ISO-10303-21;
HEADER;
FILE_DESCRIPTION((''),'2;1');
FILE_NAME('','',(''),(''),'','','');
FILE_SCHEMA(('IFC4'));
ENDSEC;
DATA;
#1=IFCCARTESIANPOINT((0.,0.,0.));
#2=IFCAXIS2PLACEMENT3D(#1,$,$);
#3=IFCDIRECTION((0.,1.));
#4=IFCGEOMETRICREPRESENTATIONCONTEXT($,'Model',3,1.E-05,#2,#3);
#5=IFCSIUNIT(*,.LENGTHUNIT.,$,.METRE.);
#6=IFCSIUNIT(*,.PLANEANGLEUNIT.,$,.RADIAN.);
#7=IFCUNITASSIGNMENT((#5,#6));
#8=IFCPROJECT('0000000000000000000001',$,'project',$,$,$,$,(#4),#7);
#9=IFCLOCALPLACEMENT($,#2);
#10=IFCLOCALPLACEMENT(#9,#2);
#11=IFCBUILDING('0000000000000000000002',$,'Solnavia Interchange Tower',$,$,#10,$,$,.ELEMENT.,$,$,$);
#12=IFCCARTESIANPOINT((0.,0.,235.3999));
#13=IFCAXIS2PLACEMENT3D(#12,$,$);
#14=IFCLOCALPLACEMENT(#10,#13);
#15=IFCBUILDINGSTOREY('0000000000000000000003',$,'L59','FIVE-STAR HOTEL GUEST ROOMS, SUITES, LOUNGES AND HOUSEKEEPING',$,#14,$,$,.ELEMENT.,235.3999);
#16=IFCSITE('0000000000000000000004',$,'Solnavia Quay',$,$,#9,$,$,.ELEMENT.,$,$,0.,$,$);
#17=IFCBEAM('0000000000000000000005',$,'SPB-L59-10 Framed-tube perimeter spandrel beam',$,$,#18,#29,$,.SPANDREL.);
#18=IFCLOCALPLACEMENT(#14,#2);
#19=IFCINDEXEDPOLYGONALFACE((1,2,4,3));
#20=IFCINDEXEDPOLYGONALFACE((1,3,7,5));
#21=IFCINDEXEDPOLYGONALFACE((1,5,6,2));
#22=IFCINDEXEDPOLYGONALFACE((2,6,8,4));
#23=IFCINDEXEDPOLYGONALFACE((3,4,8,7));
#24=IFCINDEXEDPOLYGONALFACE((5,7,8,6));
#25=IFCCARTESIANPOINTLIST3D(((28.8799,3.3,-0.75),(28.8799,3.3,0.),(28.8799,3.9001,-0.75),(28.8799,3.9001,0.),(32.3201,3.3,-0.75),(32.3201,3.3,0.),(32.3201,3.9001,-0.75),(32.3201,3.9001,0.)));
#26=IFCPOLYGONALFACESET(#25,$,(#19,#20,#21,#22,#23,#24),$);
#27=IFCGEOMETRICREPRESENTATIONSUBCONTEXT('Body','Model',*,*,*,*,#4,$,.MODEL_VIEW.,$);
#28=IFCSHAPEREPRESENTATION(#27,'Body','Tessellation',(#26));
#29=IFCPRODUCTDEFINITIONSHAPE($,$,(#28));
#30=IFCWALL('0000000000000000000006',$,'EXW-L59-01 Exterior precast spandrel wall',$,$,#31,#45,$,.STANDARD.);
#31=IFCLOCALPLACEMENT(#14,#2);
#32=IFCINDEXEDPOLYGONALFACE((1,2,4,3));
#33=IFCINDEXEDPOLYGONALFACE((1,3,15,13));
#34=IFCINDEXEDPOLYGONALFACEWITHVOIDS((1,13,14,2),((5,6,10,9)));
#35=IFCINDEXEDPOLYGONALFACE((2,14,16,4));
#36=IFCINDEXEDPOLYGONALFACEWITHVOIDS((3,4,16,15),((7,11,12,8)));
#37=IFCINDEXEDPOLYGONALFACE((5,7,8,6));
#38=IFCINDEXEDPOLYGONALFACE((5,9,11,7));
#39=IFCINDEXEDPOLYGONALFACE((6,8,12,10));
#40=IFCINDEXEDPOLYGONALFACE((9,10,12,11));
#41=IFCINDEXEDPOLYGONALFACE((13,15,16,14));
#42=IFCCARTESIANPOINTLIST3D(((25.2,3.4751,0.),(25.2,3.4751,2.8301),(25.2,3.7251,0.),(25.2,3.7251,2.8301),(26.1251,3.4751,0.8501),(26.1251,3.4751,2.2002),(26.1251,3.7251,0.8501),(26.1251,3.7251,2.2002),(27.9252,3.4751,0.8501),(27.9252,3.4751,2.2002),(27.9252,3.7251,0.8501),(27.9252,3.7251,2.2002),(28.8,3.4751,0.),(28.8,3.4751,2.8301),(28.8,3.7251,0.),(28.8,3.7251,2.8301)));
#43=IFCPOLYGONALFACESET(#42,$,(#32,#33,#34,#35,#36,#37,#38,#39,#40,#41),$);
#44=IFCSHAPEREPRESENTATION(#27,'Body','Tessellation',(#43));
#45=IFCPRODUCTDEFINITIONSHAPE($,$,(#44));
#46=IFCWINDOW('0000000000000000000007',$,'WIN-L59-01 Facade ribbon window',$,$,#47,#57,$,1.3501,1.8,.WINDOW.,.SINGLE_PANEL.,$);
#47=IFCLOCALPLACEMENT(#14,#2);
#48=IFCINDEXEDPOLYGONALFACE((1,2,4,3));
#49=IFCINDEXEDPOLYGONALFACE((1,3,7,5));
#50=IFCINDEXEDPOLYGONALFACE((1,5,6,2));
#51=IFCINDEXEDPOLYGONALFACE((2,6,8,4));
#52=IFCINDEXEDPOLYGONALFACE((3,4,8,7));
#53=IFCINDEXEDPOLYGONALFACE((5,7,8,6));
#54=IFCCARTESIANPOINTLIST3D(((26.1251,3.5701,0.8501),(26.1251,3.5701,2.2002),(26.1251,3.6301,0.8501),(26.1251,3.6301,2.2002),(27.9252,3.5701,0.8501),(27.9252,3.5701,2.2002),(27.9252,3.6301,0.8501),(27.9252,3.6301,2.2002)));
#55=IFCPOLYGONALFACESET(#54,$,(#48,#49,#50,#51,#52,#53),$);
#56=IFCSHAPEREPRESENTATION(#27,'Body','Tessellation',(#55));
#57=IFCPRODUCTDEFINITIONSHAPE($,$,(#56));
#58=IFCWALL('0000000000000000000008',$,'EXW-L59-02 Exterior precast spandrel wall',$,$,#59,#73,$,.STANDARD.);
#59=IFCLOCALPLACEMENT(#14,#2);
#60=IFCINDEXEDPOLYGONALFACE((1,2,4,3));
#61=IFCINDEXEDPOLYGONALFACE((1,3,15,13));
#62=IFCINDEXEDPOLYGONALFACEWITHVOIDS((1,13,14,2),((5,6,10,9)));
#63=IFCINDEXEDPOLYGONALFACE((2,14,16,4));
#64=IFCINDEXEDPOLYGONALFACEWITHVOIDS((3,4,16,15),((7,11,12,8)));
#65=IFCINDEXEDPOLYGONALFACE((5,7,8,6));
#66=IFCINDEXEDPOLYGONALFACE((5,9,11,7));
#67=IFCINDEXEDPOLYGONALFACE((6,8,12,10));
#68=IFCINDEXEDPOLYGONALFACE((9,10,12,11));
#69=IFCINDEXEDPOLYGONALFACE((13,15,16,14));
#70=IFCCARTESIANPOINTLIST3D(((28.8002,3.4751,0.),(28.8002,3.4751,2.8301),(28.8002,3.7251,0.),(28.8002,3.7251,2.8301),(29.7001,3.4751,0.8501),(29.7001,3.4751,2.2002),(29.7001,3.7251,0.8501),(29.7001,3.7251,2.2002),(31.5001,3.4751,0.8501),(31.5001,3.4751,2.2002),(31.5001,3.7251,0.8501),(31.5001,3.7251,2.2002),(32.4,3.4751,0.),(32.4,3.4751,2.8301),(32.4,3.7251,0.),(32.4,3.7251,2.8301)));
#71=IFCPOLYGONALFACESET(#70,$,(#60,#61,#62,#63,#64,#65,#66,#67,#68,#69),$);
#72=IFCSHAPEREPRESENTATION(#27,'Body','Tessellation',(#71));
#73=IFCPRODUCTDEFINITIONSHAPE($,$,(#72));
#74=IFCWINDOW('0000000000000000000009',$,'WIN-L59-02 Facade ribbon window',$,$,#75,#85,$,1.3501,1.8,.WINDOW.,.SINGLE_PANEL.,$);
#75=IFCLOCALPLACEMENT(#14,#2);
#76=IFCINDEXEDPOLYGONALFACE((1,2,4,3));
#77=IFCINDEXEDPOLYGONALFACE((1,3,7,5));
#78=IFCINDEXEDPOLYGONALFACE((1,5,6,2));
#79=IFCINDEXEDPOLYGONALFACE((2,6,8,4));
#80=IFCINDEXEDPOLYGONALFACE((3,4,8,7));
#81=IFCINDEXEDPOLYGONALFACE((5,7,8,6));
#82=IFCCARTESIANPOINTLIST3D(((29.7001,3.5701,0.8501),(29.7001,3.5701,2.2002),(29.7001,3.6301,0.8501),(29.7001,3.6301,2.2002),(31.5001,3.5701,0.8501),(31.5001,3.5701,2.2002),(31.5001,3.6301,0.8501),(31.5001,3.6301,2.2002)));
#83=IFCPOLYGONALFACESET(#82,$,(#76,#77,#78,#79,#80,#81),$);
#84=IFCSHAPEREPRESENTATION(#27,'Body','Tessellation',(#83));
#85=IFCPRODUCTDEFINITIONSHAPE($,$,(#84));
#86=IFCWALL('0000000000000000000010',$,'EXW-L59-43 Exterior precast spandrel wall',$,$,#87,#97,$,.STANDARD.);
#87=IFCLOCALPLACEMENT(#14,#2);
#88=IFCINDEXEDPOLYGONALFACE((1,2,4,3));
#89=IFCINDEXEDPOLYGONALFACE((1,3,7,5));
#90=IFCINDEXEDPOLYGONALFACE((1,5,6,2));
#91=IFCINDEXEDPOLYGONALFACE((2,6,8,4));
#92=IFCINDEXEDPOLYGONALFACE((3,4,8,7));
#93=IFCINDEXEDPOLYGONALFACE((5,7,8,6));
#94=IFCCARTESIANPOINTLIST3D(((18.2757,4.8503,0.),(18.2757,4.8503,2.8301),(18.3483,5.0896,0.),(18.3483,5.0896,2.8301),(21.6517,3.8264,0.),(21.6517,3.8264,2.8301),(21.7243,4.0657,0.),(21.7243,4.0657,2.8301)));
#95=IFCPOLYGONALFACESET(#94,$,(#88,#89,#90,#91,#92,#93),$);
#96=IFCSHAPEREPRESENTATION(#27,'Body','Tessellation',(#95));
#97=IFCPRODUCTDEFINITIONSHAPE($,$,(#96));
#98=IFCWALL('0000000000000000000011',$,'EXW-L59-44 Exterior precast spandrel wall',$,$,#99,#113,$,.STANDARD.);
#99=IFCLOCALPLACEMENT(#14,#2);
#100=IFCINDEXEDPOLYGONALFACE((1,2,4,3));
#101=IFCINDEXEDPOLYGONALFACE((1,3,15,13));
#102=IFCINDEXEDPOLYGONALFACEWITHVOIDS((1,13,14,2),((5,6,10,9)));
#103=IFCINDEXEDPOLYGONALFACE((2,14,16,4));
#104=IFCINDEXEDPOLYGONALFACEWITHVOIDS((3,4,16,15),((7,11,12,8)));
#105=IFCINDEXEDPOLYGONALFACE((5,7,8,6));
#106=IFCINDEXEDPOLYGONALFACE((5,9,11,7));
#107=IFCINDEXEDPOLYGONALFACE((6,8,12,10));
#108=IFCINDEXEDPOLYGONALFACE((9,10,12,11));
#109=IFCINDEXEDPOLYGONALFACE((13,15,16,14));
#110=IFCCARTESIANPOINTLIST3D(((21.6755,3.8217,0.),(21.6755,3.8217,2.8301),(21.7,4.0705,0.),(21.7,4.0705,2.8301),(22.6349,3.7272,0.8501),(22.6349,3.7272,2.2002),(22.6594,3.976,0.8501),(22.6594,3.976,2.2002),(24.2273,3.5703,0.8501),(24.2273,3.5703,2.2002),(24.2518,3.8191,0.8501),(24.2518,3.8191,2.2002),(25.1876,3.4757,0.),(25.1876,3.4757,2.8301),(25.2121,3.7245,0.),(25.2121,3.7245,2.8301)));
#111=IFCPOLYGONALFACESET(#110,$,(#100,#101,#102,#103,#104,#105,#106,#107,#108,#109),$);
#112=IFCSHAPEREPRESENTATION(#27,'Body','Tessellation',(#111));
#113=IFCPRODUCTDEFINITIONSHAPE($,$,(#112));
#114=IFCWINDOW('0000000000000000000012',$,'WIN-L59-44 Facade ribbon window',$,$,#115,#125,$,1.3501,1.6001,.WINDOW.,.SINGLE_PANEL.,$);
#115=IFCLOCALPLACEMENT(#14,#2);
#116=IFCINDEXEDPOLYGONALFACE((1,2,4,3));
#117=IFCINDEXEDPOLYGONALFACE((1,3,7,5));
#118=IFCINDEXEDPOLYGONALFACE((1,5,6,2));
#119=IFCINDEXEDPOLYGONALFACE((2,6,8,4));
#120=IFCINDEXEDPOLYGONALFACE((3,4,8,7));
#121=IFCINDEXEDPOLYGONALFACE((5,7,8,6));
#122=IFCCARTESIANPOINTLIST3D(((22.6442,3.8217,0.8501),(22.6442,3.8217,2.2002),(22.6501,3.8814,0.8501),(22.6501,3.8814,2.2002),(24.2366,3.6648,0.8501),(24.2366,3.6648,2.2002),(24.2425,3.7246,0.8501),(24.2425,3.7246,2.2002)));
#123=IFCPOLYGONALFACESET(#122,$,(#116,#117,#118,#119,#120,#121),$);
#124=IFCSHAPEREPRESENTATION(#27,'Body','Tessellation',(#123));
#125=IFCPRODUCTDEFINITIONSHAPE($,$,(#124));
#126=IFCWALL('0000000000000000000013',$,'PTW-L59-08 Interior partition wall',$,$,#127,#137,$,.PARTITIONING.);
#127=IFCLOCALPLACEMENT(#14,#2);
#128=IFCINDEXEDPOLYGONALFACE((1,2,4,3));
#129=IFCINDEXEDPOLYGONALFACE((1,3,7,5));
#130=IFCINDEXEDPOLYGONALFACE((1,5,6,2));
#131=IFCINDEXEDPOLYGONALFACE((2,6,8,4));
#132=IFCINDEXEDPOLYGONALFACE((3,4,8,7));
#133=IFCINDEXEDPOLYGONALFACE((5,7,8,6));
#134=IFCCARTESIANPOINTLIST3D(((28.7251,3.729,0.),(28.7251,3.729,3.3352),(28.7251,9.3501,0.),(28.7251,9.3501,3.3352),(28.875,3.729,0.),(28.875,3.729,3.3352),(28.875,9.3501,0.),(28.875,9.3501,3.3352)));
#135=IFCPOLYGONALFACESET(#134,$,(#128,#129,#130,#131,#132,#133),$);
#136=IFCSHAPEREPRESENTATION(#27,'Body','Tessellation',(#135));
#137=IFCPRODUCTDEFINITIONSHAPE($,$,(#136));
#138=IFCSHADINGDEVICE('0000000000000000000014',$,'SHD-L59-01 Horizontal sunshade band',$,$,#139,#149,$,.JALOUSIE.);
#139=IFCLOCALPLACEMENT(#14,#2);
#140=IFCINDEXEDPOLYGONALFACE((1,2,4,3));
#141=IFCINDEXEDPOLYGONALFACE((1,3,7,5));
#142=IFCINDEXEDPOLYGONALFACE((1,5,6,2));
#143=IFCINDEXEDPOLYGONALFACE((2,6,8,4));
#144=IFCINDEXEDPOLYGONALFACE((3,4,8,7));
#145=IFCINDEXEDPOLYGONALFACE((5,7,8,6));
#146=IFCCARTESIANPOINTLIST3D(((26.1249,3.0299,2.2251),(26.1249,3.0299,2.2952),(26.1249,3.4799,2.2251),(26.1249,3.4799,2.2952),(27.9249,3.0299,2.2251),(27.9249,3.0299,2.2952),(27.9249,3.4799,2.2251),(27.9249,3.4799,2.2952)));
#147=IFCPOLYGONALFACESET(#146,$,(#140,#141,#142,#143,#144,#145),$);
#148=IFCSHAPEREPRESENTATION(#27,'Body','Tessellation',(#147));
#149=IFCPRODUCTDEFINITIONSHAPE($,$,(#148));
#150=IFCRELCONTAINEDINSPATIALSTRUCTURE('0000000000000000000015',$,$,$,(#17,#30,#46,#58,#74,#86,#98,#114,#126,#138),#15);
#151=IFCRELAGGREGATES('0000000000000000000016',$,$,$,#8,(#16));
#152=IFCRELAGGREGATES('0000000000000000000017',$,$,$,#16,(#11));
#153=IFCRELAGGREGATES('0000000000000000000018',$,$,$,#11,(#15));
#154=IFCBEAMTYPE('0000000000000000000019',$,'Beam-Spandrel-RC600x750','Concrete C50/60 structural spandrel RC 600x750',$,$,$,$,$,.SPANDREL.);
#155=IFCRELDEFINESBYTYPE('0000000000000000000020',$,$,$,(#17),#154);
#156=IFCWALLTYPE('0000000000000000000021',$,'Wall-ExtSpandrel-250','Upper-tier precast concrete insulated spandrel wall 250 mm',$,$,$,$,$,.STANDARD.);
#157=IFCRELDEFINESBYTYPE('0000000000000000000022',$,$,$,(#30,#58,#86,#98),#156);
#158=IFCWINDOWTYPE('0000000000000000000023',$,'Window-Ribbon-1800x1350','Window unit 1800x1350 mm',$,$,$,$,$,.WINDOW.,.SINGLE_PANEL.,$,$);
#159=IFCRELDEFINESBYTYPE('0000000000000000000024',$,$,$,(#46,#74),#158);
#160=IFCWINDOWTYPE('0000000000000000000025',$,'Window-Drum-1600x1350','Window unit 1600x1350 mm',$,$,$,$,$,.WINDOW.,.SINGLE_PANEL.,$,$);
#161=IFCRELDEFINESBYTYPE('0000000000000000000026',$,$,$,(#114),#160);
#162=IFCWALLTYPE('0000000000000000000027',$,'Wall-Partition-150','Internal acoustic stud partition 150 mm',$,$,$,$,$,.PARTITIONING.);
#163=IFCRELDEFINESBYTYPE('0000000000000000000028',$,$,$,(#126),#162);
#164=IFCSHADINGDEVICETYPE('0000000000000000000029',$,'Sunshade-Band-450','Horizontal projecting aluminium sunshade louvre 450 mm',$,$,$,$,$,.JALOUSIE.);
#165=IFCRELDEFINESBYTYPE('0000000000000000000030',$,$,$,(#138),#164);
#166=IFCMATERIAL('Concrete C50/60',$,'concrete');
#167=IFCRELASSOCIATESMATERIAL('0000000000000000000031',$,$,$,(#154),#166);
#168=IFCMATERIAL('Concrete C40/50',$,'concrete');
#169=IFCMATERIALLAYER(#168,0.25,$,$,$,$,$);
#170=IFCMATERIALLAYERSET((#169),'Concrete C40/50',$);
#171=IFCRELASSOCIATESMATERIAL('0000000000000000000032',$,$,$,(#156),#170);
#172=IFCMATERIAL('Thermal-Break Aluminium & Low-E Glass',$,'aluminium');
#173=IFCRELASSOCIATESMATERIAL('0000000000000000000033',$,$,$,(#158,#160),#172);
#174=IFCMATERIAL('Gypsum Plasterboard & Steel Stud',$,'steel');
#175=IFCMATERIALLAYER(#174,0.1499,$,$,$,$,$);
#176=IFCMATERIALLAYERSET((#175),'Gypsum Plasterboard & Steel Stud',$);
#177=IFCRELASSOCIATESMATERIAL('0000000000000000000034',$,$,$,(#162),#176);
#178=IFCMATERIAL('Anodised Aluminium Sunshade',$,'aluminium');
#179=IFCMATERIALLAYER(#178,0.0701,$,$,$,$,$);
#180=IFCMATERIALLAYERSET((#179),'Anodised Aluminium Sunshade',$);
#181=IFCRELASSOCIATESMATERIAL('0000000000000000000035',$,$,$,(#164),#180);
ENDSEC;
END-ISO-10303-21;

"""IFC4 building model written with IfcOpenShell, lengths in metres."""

from ifc_helpers import new_model, si_unit, direction, frame, frame_2d, origin, origin_2d, place, context, subcontext, project, spatial, rectangle, extrude, material, layer, layer_set, material_profile, profile_set, type_object, element, fill, save


model = new_model("IFC4")

# Units and contexts
model_context = context("Model", 3, precision=1e-05, world=origin(), true_north=direction((0.0, 1.0)))
body_context = subcontext(model_context, "Body", "Model", "MODEL_VIEW")
ifc_project = project(units=[si_unit("LENGTHUNIT", "METRE"), si_unit("PLANEANGLEUNIT", "RADIAN")], contexts=[model_context])

# Site, building, storey
site_placement = place(None, origin())
site = spatial("IfcSite", under=ifc_project, at=site_placement, Name="Solnavia Quay", CompositionType="ELEMENT", RefElevation=0.0)
building_placement = place(site_placement, origin())
building = spatial("IfcBuilding", under=site, at=building_placement, Name="Solnavia Interchange Tower", CompositionType="ELEMENT")
storey_placement = place(building_placement, frame((0.0, 0.0, 235.3999)))
storey = spatial("IfcBuildingStorey", under=building, at=storey_placement, Name="L59", Description="FIVE-STAR HOTEL GUEST ROOMS, SUITES, LOUNGES AND HOUSEKEEPING", CompositionType="ELEMENT", Elevation=235.3999)

# Shared definitions
ifc_material_1 = material(Name="Concrete C50/60", Category="concrete")

# Beam
ifc_material_profile_1 = material_profile(ifc_material_1, rectangle(XDim=0.6001, YDim=0.75, at=origin_2d()), Name="RC 600x750")
ifc_profile_set_1 = profile_set([ifc_material_profile_1], Name="Concrete C50/60")
beam_type_1 = type_object("IfcBeamType", Name="Beam-Spandrel-RC600x750", Description="Concrete C50/60 structural spandrel RC 600x750", PredefinedType="SPANDREL", material=ifc_profile_set_1)
beam_1_placement = place(storey_placement, frame((28.8799, 3.6001, -0.375), z_axis=(1.0, 0.0, 0.0), x_axis=(0.0, 1.0, 0.0)))
element("IfcBeam", 1, at=beam_1_placement, inside=storey, type_object=beam_type_1, Name="SPB-L59-10 Framed-tube perimeter spandrel beam", PredefinedType="SPANDREL", context=body_context, shape_type="SweptSolid", body=[
    extrude(rectangle(XDim=0.6001, YDim=0.75, at=origin_2d()), origin(), (0.0, 0.0, 1.0), 3.4402),
])

# Walls, openings, windows
ifc_material_2 = material(Name="Concrete C40/50", Category="concrete")
ifc_layer_1 = layer(ifc_material_2, 0.25)
ifc_layer_set_1 = layer_set([ifc_layer_1], Name="Concrete C40/50")
wall_type_1 = type_object("IfcWallType", Name="Wall-ExtSpandrel-250", Description="Upper-tier precast concrete insulated spandrel wall 250 mm", PredefinedType="STANDARD", material=ifc_layer_set_1)
wall_1_placement = place(storey_placement, frame((28.8, 3.6001, 0.0), z_axis=(0.0, 0.0, 1.0), x_axis=(-1.0, 0.0, 0.0)))
wall_1 = element("IfcWall", 2, at=wall_1_placement, inside=storey, type_object=wall_type_1, Name="EXW-L59-01 Exterior precast spandrel wall", PredefinedType="STANDARD", context=body_context, shape_type="SweptSolid", body=[
    extrude(rectangle(XDim=3.6001, YDim=0.25, at=frame_2d((1.8, 0.0))), origin(), (0.0, 0.0, 1.0), 2.8301),
])
opening_1_placement = place(wall_1_placement, frame((0.875, 0.0, 0.8501)))
opening_1 = element("IfcOpeningElement", 3, at=opening_1_placement, cuts=wall_1, PredefinedType="OPENING", context=body_context, shape_type="SweptSolid", body=[
    extrude(rectangle(XDim=1.8, YDim=1.3501, at=frame_2d((0.8999, 0.675))), frame((0.0, 0.135, 0.0), z_axis=(0.0, -1.0, 0.0), x_axis=(1.0, 0.0, 0.0)), (0.0, 0.0, 1.0), 0.27),
])
ifc_material_3 = material(Name="Thermal-Break Aluminium & Low-E Glass", Category="aluminium")
window_type_1 = type_object("IfcWindowType", Name="Window-Ribbon-1800x1350", Description="Window unit 1800x1350 mm", PartitioningType="SINGLE_PANEL", PredefinedType="WINDOW", material=ifc_material_3)
window_1_placement = place(opening_1_placement, origin())
window_1 = element("IfcWindow", 4, at=window_1_placement, inside=storey, type_object=window_type_1, Name="WIN-L59-01 Facade ribbon window", OverallHeight=1.3501, OverallWidth=1.8, PartitioningType="SINGLE_PANEL", PredefinedType="WINDOW", context=body_context, shape_type="SweptSolid", body=[
    extrude(rectangle(XDim=1.8, YDim=1.3501, at=frame_2d((0.8999, 0.675))), frame((0.0, 0.03, 0.0), z_axis=(0.0, -1.0, 0.0), x_axis=(1.0, 0.0, 0.0)), (0.0, 0.0, 1.0), 0.0601),
])
fill(opening_1, window_1)
wall_2_placement = place(storey_placement, frame((32.3999, 3.6001, 0.0), z_axis=(0.0, 0.0, 1.0), x_axis=(-1.0, 0.0, 0.0)))
wall_2 = element("IfcWall", 5, at=wall_2_placement, inside=storey, type_object=wall_type_1, Name="EXW-L59-02 Exterior precast spandrel wall", PredefinedType="STANDARD", context=body_context, shape_type="SweptSolid", body=[
    extrude(rectangle(XDim=3.5999, YDim=0.25, at=frame_2d((1.7998, 0.0))), origin(), (0.0, 0.0, 1.0), 2.8301),
])
opening_2_placement = place(wall_2_placement, frame((0.8999, 0.0, 0.8501)))
opening_2 = element("IfcOpeningElement", 6, at=opening_2_placement, cuts=wall_2, PredefinedType="OPENING", context=body_context, shape_type="SweptSolid", body=[
    extrude(rectangle(XDim=1.8, YDim=1.3501, at=frame_2d((0.8999, 0.675))), frame((0.0, 0.135, 0.0), z_axis=(0.0, -1.0, 0.0), x_axis=(1.0, 0.0, 0.0)), (0.0, 0.0, 1.0), 0.27),
])
window_2_placement = place(opening_2_placement, origin())
window_2 = element("IfcWindow", 7, at=window_2_placement, inside=storey, type_object=window_type_1, Name="WIN-L59-02 Facade ribbon window", OverallHeight=1.3501, OverallWidth=1.8, PartitioningType="SINGLE_PANEL", PredefinedType="WINDOW", context=body_context, shape_type="SweptSolid", body=[
    extrude(rectangle(XDim=1.8, YDim=1.3501, at=frame_2d((0.8999, 0.675))), frame((0.0, 0.03, 0.0), z_axis=(0.0, -1.0, 0.0), x_axis=(1.0, 0.0, 0.0)), (0.0, 0.0, 1.0), 0.0601),
])
fill(opening_2, window_2)

# Wall
wall_3_placement = place(storey_placement, frame((21.688, 3.946, 0.0), z_axis=(0.0, 0.0, 1.0), x_axis=(-0.956953, 0.290242, 0.0)))
element("IfcWall", 8, at=wall_3_placement, inside=storey, type_object=wall_type_1, Name="EXW-L59-43 Exterior precast spandrel wall", PredefinedType="STANDARD", context=body_context, shape_type="SweptSolid", body=[
    extrude(rectangle(XDim=3.5278, YDim=0.25, at=frame_2d((1.7639, 0.0))), origin(), (0.0, 0.0, 1.0), 2.8301),
])

# Wall, opening, window
wall_4_placement = place(storey_placement, frame((25.2, 3.6001, 0.0), z_axis=(0.0, 0.0, 1.0), x_axis=(-0.995183, 0.098031, 0.0)))
wall_4 = element("IfcWall", 9, at=wall_4_placement, inside=storey, type_object=wall_type_1, Name="EXW-L59-44 Exterior precast spandrel wall", PredefinedType="STANDARD", context=body_context, shape_type="SweptSolid", body=[
    extrude(rectangle(XDim=3.5291, YDim=0.25, at=frame_2d((1.7646, 0.0))), origin(), (0.0, 0.0, 1.0), 2.8301),
])
opening_3_placement = place(wall_4_placement, frame((0.9651, 0.0, 0.8501)))
opening_3 = element("IfcOpeningElement", 10, at=opening_3_placement, cuts=wall_4, PredefinedType="OPENING", context=body_context, shape_type="SweptSolid", body=[
    extrude(rectangle(XDim=1.6001, YDim=1.3501, at=frame_2d((0.8, 0.675))), frame((0.0, 0.135, 0.0), z_axis=(0.0, -1.0, 0.0), x_axis=(1.0, 0.0, 0.0)), (0.0, 0.0, 1.0), 0.27),
])
window_type_2 = type_object("IfcWindowType", Name="Window-Drum-1600x1350", Description="Window unit 1600x1350 mm", PartitioningType="SINGLE_PANEL", PredefinedType="WINDOW", material=ifc_material_3)
window_3_placement = place(opening_3_placement, origin())
window_3 = element("IfcWindow", 11, at=window_3_placement, inside=storey, type_object=window_type_2, Name="WIN-L59-44 Facade ribbon window", OverallHeight=1.3501, OverallWidth=1.6001, PartitioningType="SINGLE_PANEL", PredefinedType="WINDOW", context=body_context, shape_type="SweptSolid", body=[
    extrude(rectangle(XDim=1.6001, YDim=1.3501, at=frame_2d((0.8, 0.675))), frame((0.0, 0.03, 0.0), z_axis=(0.0, -1.0, 0.0), x_axis=(1.0, 0.0, 0.0)), (0.0, 0.0, 1.0), 0.0601),
])
fill(opening_3, window_3)

# Wall
ifc_material_4 = material(Name="Gypsum Plasterboard & Steel Stud", Category="steel")
ifc_layer_2 = layer(ifc_material_4, 0.1499)
ifc_layer_set_2 = layer_set([ifc_layer_2], Name="Gypsum Plasterboard & Steel Stud")
wall_type_2 = type_object("IfcWallType", Name="Wall-Partition-150", Description="Internal acoustic stud partition 150 mm", PredefinedType="PARTITIONING", material=ifc_layer_set_2)
wall_5_placement = place(storey_placement, frame((28.8, 9.3501, 0.0), z_axis=(0.0, 0.0, 1.0), x_axis=(0.0, -1.0, 0.0)))
element("IfcWall", 12, at=wall_5_placement, inside=storey, type_object=wall_type_2, Name="PTW-L59-08 Interior partition wall", PredefinedType="PARTITIONING", context=body_context, shape_type="SweptSolid", body=[
    extrude(rectangle(XDim=5.6211, YDim=0.1499, at=frame_2d((2.8105, 0.0))), origin(), (0.0, 0.0, 1.0), 3.3352),
])

# Shading device
ifc_material_5 = material(Name="Anodised Aluminium Sunshade", Category="aluminium")
ifc_layer_3 = layer(ifc_material_5, 0.0701)
ifc_layer_set_3 = layer_set([ifc_layer_3], Name="Anodised Aluminium Sunshade")
shading_device_type = type_object("IfcShadingDeviceType", Name="Sunshade-Band-450", Description="Horizontal projecting aluminium sunshade louvre 450 mm", PredefinedType="JALOUSIE", material=ifc_layer_set_3)
shading_device_placement = place(storey_placement, frame((27.0249, 3.2549, 2.2251), z_axis=(0.0, 0.0, 1.0), x_axis=(-1.0, 0.0, 0.0)))
element("IfcShadingDevice", 13, at=shading_device_placement, inside=storey, type_object=shading_device_type, Name="SHD-L59-01 Horizontal sunshade band", PredefinedType="JALOUSIE", context=body_context, shape_type="SweptSolid", body=[
    extrude(rectangle(XDim=1.8, YDim=0.45, at=origin_2d()), origin(), (0.0, 0.0, 1.0), 0.0701),
])

save(model, "model.ifc")
